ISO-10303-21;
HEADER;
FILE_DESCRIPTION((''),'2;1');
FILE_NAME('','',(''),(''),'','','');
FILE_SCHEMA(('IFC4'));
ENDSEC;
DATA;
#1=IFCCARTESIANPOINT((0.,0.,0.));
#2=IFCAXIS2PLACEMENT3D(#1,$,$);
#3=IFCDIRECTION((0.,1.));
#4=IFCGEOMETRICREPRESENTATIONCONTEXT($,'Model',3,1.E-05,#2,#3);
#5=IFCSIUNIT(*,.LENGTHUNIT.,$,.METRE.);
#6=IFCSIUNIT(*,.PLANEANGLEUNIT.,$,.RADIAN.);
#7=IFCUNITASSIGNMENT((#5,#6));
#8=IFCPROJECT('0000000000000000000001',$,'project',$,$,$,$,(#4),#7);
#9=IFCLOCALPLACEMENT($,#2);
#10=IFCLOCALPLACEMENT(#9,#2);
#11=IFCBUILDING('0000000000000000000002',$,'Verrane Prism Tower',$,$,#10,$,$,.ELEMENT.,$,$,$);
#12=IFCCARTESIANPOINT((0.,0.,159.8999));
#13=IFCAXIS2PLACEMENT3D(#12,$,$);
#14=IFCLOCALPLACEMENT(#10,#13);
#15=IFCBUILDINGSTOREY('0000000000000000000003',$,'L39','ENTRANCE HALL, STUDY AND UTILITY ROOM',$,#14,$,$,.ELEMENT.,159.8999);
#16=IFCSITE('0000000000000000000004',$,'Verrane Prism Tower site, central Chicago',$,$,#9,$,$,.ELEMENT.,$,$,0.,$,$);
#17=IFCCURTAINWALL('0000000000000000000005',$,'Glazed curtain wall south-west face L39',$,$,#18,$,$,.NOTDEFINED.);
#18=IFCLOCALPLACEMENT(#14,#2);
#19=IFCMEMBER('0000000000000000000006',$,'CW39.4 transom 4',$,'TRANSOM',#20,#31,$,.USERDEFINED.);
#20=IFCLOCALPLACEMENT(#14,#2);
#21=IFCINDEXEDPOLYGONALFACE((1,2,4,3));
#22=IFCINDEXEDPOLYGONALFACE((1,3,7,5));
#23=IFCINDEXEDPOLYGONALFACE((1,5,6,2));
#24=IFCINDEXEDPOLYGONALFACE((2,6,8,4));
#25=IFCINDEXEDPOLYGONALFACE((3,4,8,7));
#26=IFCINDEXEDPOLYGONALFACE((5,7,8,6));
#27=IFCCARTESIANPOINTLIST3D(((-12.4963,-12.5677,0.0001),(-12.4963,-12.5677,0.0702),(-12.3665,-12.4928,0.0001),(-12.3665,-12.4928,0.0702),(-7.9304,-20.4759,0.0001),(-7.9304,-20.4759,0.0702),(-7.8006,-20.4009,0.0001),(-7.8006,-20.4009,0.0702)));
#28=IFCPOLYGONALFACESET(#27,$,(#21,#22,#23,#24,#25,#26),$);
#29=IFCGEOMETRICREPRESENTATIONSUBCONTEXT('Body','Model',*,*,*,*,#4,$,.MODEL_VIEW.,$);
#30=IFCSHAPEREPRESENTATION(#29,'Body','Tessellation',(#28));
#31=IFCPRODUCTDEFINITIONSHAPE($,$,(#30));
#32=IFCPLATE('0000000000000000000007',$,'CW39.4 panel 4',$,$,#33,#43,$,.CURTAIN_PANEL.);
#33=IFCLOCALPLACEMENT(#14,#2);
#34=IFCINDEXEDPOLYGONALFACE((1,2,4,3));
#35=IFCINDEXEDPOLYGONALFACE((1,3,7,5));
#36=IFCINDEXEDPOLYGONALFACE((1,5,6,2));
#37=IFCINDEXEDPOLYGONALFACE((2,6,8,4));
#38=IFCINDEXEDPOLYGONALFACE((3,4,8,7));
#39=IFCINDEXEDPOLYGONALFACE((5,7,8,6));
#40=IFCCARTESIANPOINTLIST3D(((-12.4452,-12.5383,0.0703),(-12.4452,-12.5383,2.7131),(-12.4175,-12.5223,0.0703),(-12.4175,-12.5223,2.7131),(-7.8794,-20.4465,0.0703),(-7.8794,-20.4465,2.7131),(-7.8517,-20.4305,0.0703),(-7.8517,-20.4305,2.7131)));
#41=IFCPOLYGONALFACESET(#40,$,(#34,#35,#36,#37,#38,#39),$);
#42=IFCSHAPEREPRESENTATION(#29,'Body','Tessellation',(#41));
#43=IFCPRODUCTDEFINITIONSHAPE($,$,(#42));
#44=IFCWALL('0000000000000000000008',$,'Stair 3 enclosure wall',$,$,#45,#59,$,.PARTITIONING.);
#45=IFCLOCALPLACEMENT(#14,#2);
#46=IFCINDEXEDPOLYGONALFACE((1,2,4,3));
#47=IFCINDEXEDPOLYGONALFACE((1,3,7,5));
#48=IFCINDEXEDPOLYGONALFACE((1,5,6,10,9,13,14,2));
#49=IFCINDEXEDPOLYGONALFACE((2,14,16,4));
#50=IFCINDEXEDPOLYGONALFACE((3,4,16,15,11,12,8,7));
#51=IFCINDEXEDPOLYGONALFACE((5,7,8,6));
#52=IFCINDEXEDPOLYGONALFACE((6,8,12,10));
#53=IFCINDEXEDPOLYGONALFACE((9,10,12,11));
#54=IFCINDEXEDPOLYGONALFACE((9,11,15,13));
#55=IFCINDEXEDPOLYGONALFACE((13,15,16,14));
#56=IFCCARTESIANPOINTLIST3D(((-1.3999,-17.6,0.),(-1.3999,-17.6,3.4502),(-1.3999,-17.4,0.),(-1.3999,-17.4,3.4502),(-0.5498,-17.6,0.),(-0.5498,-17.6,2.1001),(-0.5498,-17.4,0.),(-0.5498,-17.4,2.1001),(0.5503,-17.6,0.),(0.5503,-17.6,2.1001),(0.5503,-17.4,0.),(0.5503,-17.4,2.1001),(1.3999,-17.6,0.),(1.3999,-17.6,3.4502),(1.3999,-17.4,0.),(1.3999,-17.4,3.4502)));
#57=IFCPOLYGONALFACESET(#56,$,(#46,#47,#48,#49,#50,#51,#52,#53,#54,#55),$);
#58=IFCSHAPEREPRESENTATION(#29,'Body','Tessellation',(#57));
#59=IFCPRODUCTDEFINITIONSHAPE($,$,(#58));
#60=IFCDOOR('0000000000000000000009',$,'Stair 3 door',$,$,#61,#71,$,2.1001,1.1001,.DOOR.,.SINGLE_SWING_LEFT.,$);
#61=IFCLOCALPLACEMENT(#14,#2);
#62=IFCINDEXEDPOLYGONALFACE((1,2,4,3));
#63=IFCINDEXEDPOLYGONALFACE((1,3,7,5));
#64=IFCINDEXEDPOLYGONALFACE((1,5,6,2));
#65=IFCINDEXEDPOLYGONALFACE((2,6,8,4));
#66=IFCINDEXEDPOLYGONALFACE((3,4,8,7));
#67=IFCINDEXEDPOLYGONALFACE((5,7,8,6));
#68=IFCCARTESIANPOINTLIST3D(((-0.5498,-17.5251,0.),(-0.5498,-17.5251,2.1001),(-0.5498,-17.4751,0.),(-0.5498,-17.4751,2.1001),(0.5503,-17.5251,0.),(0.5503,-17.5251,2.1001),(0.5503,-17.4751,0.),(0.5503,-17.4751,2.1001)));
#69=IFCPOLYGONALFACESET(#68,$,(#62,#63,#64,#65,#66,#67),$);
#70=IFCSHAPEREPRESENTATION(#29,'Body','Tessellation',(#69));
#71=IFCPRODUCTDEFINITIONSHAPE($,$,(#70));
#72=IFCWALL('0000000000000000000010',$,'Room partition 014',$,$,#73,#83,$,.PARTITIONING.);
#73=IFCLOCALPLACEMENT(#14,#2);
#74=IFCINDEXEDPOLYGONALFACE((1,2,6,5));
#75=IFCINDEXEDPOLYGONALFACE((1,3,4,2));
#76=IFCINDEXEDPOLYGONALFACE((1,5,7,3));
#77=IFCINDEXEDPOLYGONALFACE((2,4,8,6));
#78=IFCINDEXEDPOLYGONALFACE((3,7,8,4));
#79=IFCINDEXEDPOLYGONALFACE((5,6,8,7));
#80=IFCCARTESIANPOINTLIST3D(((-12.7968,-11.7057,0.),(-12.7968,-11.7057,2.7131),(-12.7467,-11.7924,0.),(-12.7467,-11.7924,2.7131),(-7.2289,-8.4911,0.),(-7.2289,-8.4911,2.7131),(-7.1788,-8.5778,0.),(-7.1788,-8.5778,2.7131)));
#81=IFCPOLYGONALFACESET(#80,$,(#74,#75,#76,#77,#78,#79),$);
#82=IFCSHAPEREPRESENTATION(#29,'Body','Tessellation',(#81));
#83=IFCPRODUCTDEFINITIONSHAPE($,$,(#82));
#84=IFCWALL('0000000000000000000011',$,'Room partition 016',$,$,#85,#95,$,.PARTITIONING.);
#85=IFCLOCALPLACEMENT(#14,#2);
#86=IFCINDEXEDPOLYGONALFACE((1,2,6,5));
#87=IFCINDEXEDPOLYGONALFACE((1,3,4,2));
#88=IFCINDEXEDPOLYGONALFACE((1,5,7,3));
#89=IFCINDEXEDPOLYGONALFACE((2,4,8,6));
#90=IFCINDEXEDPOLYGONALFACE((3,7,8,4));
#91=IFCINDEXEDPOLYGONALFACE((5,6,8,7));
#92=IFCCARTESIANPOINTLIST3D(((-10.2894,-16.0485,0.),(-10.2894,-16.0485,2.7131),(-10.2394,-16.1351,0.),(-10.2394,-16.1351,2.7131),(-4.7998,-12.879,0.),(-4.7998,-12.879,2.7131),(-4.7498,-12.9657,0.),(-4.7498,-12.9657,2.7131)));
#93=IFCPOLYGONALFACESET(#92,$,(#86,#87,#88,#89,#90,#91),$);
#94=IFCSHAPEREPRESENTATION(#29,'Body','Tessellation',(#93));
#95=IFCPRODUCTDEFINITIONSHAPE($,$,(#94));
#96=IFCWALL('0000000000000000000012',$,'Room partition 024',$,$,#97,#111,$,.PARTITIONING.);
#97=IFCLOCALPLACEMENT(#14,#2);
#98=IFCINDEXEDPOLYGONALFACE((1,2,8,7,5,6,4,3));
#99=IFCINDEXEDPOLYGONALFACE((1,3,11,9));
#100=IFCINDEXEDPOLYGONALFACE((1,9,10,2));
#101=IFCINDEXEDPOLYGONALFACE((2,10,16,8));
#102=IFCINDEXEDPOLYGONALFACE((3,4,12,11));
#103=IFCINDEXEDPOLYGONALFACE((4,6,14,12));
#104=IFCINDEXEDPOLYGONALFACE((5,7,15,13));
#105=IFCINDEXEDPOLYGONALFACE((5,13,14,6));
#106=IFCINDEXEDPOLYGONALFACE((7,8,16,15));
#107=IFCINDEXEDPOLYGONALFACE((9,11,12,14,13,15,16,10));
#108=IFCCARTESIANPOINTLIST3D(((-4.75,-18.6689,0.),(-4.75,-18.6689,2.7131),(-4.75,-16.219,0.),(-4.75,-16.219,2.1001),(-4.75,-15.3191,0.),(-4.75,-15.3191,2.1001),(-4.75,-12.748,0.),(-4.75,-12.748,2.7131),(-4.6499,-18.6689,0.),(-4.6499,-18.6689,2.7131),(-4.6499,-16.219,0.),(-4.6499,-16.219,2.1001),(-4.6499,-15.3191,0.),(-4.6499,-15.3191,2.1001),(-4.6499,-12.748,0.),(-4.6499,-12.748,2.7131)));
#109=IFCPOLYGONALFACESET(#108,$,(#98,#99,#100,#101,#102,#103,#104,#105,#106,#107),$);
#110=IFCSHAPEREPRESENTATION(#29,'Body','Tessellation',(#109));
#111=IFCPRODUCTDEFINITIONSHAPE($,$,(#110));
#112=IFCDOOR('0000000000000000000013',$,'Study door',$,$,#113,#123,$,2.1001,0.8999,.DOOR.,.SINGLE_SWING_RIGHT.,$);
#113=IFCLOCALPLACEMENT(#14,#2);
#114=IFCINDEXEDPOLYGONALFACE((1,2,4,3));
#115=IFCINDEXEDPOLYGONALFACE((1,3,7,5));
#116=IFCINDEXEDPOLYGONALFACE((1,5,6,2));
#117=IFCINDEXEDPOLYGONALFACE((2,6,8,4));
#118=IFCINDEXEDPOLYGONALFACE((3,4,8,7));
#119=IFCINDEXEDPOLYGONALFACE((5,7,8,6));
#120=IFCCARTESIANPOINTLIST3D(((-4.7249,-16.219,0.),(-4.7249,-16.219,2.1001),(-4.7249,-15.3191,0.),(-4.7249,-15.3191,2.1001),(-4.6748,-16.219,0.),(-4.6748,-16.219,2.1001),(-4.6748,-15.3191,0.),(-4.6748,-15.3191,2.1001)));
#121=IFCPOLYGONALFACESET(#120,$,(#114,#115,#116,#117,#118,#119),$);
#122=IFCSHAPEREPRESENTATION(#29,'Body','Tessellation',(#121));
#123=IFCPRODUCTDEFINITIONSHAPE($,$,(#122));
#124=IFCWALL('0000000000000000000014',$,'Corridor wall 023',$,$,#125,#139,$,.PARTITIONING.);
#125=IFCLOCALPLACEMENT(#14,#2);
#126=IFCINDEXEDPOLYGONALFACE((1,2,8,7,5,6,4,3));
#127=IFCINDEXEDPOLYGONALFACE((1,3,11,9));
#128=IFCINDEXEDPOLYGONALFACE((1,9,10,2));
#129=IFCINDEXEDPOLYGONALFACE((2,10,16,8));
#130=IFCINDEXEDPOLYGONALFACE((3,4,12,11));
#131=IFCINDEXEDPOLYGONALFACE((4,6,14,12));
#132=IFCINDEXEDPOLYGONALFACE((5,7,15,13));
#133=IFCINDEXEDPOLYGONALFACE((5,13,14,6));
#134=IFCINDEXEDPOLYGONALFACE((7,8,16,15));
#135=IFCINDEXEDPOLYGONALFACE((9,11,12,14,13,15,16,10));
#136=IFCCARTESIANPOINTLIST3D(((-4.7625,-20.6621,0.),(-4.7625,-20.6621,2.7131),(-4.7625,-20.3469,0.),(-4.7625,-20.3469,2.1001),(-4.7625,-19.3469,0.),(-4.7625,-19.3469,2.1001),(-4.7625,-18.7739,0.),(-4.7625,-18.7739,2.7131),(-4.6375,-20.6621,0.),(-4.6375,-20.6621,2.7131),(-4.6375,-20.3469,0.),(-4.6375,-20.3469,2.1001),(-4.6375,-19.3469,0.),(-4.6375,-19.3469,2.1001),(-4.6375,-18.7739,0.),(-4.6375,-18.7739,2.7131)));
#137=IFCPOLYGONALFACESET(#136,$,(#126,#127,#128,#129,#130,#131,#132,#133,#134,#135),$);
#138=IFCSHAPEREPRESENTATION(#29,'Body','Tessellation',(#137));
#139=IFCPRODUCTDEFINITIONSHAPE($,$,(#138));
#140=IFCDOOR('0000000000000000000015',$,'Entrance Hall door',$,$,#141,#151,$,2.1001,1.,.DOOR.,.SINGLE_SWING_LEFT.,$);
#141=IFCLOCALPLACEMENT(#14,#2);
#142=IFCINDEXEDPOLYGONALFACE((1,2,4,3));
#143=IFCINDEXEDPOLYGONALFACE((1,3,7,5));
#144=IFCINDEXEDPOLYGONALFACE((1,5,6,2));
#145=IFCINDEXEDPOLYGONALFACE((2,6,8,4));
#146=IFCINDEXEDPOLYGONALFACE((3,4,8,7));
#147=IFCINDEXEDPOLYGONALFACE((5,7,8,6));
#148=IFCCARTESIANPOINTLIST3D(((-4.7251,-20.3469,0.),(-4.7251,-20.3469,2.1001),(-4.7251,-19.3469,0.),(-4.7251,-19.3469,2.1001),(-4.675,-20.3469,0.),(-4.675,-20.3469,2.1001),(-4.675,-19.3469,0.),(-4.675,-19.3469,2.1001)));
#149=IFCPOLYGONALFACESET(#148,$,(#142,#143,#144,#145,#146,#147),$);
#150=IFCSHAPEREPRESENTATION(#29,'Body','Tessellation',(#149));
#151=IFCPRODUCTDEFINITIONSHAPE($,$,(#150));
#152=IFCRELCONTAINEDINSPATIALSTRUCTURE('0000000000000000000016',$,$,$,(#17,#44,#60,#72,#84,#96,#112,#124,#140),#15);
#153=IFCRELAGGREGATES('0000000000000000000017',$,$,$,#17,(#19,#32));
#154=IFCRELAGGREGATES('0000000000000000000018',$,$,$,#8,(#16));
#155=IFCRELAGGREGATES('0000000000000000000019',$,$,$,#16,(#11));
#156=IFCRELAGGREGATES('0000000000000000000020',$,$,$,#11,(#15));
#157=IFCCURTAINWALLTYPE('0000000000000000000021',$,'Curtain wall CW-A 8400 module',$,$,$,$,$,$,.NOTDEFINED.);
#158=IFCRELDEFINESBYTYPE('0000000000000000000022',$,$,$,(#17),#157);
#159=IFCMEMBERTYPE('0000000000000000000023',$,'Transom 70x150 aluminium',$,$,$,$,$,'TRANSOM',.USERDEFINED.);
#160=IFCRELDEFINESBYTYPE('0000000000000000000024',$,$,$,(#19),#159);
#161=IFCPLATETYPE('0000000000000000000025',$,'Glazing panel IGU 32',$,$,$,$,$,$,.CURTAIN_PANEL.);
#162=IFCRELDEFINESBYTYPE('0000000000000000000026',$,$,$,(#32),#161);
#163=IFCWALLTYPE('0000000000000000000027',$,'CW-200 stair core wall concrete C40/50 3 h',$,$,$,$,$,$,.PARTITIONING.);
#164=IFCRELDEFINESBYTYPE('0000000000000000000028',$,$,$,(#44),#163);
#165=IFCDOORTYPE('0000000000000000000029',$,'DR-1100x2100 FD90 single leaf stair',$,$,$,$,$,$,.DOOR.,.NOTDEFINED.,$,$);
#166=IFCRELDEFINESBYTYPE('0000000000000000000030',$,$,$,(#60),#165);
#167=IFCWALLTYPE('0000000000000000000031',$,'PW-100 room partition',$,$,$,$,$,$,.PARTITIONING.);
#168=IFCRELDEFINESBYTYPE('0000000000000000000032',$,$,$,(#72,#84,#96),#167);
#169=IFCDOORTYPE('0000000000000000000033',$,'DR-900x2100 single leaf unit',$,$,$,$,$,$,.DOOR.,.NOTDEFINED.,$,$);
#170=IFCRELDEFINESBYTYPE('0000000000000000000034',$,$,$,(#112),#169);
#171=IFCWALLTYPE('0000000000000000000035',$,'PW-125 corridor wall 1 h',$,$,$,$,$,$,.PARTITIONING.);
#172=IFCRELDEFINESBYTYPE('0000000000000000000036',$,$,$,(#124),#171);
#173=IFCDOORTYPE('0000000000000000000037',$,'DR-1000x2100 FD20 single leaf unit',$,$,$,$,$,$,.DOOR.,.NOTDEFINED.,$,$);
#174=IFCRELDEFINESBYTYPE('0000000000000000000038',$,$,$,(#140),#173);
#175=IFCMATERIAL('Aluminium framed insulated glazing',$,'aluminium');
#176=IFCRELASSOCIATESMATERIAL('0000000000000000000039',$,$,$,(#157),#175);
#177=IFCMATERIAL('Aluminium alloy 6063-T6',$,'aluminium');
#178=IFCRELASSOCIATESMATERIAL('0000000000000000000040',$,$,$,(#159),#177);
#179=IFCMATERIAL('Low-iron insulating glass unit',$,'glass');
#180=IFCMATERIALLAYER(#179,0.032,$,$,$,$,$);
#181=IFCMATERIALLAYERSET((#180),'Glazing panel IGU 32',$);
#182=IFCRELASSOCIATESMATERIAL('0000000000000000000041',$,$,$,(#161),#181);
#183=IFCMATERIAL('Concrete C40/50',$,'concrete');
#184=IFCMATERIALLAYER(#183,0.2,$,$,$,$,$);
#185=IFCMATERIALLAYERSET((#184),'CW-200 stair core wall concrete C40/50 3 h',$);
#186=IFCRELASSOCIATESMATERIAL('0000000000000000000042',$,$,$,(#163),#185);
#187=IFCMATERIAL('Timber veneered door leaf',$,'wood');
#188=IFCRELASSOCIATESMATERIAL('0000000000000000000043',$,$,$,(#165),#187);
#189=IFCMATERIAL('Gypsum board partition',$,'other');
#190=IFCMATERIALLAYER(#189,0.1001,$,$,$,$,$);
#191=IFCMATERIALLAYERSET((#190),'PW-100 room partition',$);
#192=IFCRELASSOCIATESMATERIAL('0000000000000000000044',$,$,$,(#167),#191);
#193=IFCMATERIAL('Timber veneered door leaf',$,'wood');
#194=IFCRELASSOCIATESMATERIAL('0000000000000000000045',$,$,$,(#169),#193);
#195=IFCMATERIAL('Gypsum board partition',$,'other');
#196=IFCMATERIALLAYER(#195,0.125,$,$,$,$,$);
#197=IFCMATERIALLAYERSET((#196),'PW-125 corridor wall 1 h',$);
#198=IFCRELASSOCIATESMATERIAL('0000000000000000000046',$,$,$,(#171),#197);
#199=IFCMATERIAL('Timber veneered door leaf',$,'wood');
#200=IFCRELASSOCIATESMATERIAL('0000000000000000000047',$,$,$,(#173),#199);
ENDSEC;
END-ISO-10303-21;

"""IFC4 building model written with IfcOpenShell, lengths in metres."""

from ifc_helpers import new_model, si_unit, direction, frame, frame_2d, origin, origin_2d, place, context, subcontext, project, spatial, rectangle, extrude, material, layer, layer_set, material_profile, profile_set, type_object, element, fill, aggregate, save


model = new_model("IFC4")

# Units and contexts
model_context = context("Model", 3, precision=1e-05, world=origin(), true_north=direction((0.0, 1.0)))
body_context = subcontext(model_context, "Body", "Model", "MODEL_VIEW")
ifc_project = project(units=[si_unit("LENGTHUNIT", "METRE"), si_unit("PLANEANGLEUNIT", "RADIAN")], contexts=[model_context])

# Site, building, storey
site_placement = place(None, origin())
site = spatial("IfcSite", under=ifc_project, at=site_placement, Name="Verrane Prism Tower site, central Chicago", CompositionType="ELEMENT", RefElevation=0.0)
building_placement = place(site_placement, origin())
building = spatial("IfcBuilding", under=site, at=building_placement, Name="Verrane Prism Tower", CompositionType="ELEMENT")
storey_placement = place(building_placement, frame((0.0, 0.0, 159.8999)))
storey = spatial("IfcBuildingStorey", under=building, at=storey_placement, Name="L39", Description="ENTRANCE HALL, STUDY AND UTILITY ROOM", CompositionType="ELEMENT", Elevation=159.8999)

# Curtain wall
ifc_material_1 = material(Name="Aluminium framed insulated glazing", Category="aluminium")
curtain_wall_type = type_object("IfcCurtainWallType", Name="Curtain wall CW-A 8400 module", PredefinedType="NOTDEFINED", material=ifc_material_1)
curtain_wall_placement = place(storey_placement, origin())
curtain_wall = element("IfcCurtainWall", 1, at=curtain_wall_placement, inside=storey, type_object=curtain_wall_type, Name="Glazed curtain wall south-west face L39", PredefinedType="NOTDEFINED")

# Member
ifc_material_2 = material(Name="Aluminium alloy 6063-T6", Category="aluminium")
ifc_material_profile_1 = material_profile(ifc_material_2, rectangle(XDim=0.1499, YDim=0.0701, at=origin_2d()), Name="Transom 70x150 aluminium")
ifc_profile_set_1 = profile_set([ifc_material_profile_1], Name="Aluminium alloy 6063-T6")
member_type_1 = type_object("IfcMemberType", Name="Transom 70x150 aluminium", ElementType="TRANSOM", PredefinedType="USERDEFINED", material=ifc_profile_set_1)
member_1_placement = place(storey_placement, frame((-12.4314, -12.5303, 0.0352), z_axis=(0.500009, -0.86602, 0.0), x_axis=(0.86602, 0.500009, 0.0)))
member_1 = element("IfcMember", 2, at=member_1_placement, type_object=member_type_1, Name="CW39.4 transom 4", ObjectType="TRANSOM", PredefinedType="USERDEFINED", context=body_context, shape_type="SweptSolid", body=[
    extrude(rectangle(XDim=0.1499, YDim=0.0701, at=origin_2d()), origin(), (0.0, 0.0, 1.0), 9.1316),
])

# Plate
ifc_material_3 = material(Name="Low-iron insulating glass unit", Category="glass")
ifc_layer_1 = layer(ifc_material_3, 0.032)
ifc_layer_set_1 = layer_set([ifc_layer_1], Name="Glazing panel IGU 32")
plate_type = type_object("IfcPlateType", Name="Glazing panel IGU 32", PredefinedType="CURTAIN_PANEL", material=ifc_layer_set_1)
plate_placement = place(storey_placement, frame((-10.1484, -16.4844, 0.0703), z_axis=(0.0, 0.0, 1.0), x_axis=(0.499999, -0.866026, 0.0)))
plate = element("IfcPlate", 3, at=plate_placement, type_object=plate_type, Name="CW39.4 panel 4", PredefinedType="CURTAIN_PANEL", context=body_context, shape_type="SweptSolid", body=[
    extrude(rectangle(XDim=9.1316, YDim=0.032, at=origin_2d()), origin(), (0.0, 0.0, 1.0), 2.6428),
])
aggregate(curtain_wall, [member_1, plate])

# Wall, opening, door
ifc_material_4 = material(Name="Concrete C40/50", Category="concrete")
ifc_layer_2 = layer(ifc_material_4, 0.2)
ifc_layer_set_2 = layer_set([ifc_layer_2], Name="CW-200 stair core wall concrete C40/50 3 h")
wall_type_1 = type_object("IfcWallType", Name="CW-200 stair core wall concrete C40/50 3 h", PredefinedType="PARTITIONING", material=ifc_layer_set_2)
wall_1_placement = place(storey_placement, frame((-1.3999, -17.5, 0.0), z_axis=(0.0, 0.0, 1.0), x_axis=(1.0, 0.0, 0.0)))
wall_1 = element("IfcWall", 4, at=wall_1_placement, inside=storey, type_object=wall_type_1, Name="Stair 3 enclosure wall", PredefinedType="PARTITIONING", context=body_context, shape_type="SweptSolid", body=[
    extrude(rectangle(XDim=2.7998, YDim=0.2, at=frame_2d((1.3999, 0.0))), origin(), (0.0, 0.0, 1.0), 3.4502),
])
opening_1_placement = place(wall_1_placement, frame((0.8501, 0.0, 0.0)))
opening_1 = element("IfcOpeningElement", 5, at=opening_1_placement, cuts=wall_1, PredefinedType="OPENING", context=body_context, shape_type="SweptSolid", body=[
    extrude(rectangle(XDim=1.1001, YDim=2.1001, at=frame_2d((0.55, 1.05))), frame((0.0, 0.1099, 0.0), z_axis=(0.0, -1.0, 0.0), x_axis=(1.0, 0.0, 0.0)), (0.0, 0.0, 1.0), 0.22),
])
ifc_material_5 = material(Name="Timber veneered door leaf", Category="wood")
door_type_1 = type_object("IfcDoorType", Name="DR-1100x2100 FD90 single leaf stair", OperationType="NOTDEFINED", PredefinedType="DOOR", material=ifc_material_5)
door_1_placement = place(opening_1_placement, origin())
door_1 = element("IfcDoor", 6, at=door_1_placement, inside=storey, type_object=door_type_1, Name="Stair 3 door", OperationType="SINGLE_SWING_LEFT", OverallHeight=2.1001, OverallWidth=1.1001, PredefinedType="DOOR", context=body_context, shape_type="SweptSolid", body=[
    extrude(rectangle(XDim=1.1001, YDim=2.1001, at=frame_2d((0.55, 1.05))), frame((0.0, 0.0249, 0.0), z_axis=(0.0, -1.0, 0.0), x_axis=(1.0, 0.0, 0.0)), (0.0, 0.0, 1.0), 0.05),
])
fill(opening_1, door_1)

# Walls
ifc_material_6 = material(Name="Gypsum board partition", Category="other")
ifc_layer_3 = layer(ifc_material_6, 0.1001)
ifc_layer_set_3 = layer_set([ifc_layer_3], Name="PW-100 room partition")
wall_type_2 = type_object("IfcWallType", Name="PW-100 room partition", PredefinedType="PARTITIONING", material=ifc_layer_set_3)
wall_2_placement = place(storey_placement, frame((-12.7717, -11.749, 0.0), z_axis=(0.0, 0.0, 1.0), x_axis=(0.866026, 0.499999, 0.0)))
element("IfcWall", 7, at=wall_2_placement, inside=storey, type_object=wall_type_2, Name="Room partition 014", PredefinedType="PARTITIONING", context=body_context, shape_type="SweptSolid", body=[
    extrude(rectangle(XDim=6.4292, YDim=0.1001, at=frame_2d((3.2146, 0.0))), origin(), (0.0, 0.0, 1.0), 2.7131),
])
wall_3_placement = place(storey_placement, frame((-10.2644, -16.0918, 0.0), z_axis=(0.0, 0.0, 1.0), x_axis=(0.866021, 0.500008, 0.0)))
element("IfcWall", 8, at=wall_3_placement, inside=storey, type_object=wall_type_2, Name="Room partition 016", PredefinedType="PARTITIONING", context=body_context, shape_type="SweptSolid", body=[
    extrude(rectangle(XDim=6.3389, YDim=0.1001, at=frame_2d((3.1694, 0.0))), origin(), (0.0, 0.0, 1.0), 2.7131),
])

# Walls, openings, doors
wall_4_placement = place(storey_placement, frame((-4.7, -18.6689, 0.0), z_axis=(0.0, 0.0, 1.0), x_axis=(0.0, 1.0, 0.0)))
wall_4 = element("IfcWall", 9, at=wall_4_placement, inside=storey, type_object=wall_type_2, Name="Room partition 024", PredefinedType="PARTITIONING", context=body_context, shape_type="SweptSolid", body=[
    extrude(rectangle(XDim=5.9209, YDim=0.1001, at=frame_2d((2.9604, 0.0))), origin(), (0.0, 0.0, 1.0), 2.7131),
])
opening_2_placement = place(wall_4_placement, frame((2.45, 0.0, 0.0)))
opening_2 = element("IfcOpeningElement", 10, at=opening_2_placement, cuts=wall_4, PredefinedType="OPENING", context=body_context, shape_type="SweptSolid", body=[
    extrude(rectangle(XDim=0.8999, YDim=2.1001, at=frame_2d((0.45, 1.05))), frame((0.0, 0.0601, 0.0), z_axis=(0.0, -1.0, 0.0), x_axis=(1.0, 0.0, 0.0)), (0.0, 0.0, 1.0), 0.1201),
])
ifc_material_7 = material(Name="Timber veneered door leaf", Category="wood")
door_type_2 = type_object("IfcDoorType", Name="DR-900x2100 single leaf unit", OperationType="NOTDEFINED", PredefinedType="DOOR", material=ifc_material_7)
door_2_placement = place(opening_2_placement, origin())
door_2 = element("IfcDoor", 11, at=door_2_placement, inside=storey, type_object=door_type_2, Name="Study door", OperationType="SINGLE_SWING_RIGHT", OverallHeight=2.1001, OverallWidth=0.8999, PredefinedType="DOOR", context=body_context, shape_type="SweptSolid", body=[
    extrude(rectangle(XDim=0.8999, YDim=2.1001, at=frame_2d((0.45, 1.05))), frame((0.0, 0.0249, 0.0), z_axis=(0.0, -1.0, 0.0), x_axis=(1.0, 0.0, 0.0)), (0.0, 0.0, 1.0), 0.05),
])
fill(opening_2, door_2)
ifc_material_8 = material(Name="Gypsum board partition", Category="other")
ifc_layer_4 = layer(ifc_material_8, 0.125)
ifc_layer_set_4 = layer_set([ifc_layer_4], Name="PW-125 corridor wall 1 h")
wall_type_3 = type_object("IfcWallType", Name="PW-125 corridor wall 1 h", PredefinedType="PARTITIONING", material=ifc_layer_set_4)
wall_5_placement = place(storey_placement, frame((-4.7, -18.7739, 0.0), z_axis=(0.0, 0.0, 1.0), x_axis=(0.0, -1.0, 0.0)))
wall_5 = element("IfcWall", 12, at=wall_5_placement, inside=storey, type_object=wall_type_3, Name="Corridor wall 023", PredefinedType="PARTITIONING", context=body_context, shape_type="SweptSolid", body=[
    extrude(rectangle(XDim=1.8882, YDim=0.125, at=frame_2d((0.9441, 0.0))), origin(), (0.0, 0.0, 1.0), 2.7131),
])
opening_3_placement = place(wall_5_placement, frame((0.573, 0.0, 0.0)))
opening_3 = element("IfcOpeningElement", 13, at=opening_3_placement, cuts=wall_5, PredefinedType="OPENING", context=body_context, shape_type="SweptSolid", body=[
    extrude(rectangle(XDim=1.0, YDim=2.1001, at=frame_2d((0.5, 1.05))), frame((0.0, 0.0725, 0.0), z_axis=(0.0, -1.0, 0.0), x_axis=(1.0, 0.0, 0.0)), (0.0, 0.0, 1.0), 0.145),
])
ifc_material_9 = material(Name="Timber veneered door leaf", Category="wood")
door_type_3 = type_object("IfcDoorType", Name="DR-1000x2100 FD20 single leaf unit", OperationType="NOTDEFINED", PredefinedType="DOOR", material=ifc_material_9)
door_3_placement = place(opening_3_placement, origin())
door_3 = element("IfcDoor", 14, at=door_3_placement, inside=storey, type_object=door_type_3, Name="Entrance Hall door", OperationType="SINGLE_SWING_LEFT", OverallHeight=2.1001, OverallWidth=1.0, PredefinedType="DOOR", context=body_context, shape_type="SweptSolid", body=[
    extrude(rectangle(XDim=1.0, YDim=2.1001, at=frame_2d((0.5, 1.05))), frame((0.0, 0.0249, 0.0), z_axis=(0.0, -1.0, 0.0), x_axis=(1.0, 0.0, 0.0)), (0.0, 0.0, 1.0), 0.05),
])
fill(opening_3, door_3)

save(model, "model.ifc")
